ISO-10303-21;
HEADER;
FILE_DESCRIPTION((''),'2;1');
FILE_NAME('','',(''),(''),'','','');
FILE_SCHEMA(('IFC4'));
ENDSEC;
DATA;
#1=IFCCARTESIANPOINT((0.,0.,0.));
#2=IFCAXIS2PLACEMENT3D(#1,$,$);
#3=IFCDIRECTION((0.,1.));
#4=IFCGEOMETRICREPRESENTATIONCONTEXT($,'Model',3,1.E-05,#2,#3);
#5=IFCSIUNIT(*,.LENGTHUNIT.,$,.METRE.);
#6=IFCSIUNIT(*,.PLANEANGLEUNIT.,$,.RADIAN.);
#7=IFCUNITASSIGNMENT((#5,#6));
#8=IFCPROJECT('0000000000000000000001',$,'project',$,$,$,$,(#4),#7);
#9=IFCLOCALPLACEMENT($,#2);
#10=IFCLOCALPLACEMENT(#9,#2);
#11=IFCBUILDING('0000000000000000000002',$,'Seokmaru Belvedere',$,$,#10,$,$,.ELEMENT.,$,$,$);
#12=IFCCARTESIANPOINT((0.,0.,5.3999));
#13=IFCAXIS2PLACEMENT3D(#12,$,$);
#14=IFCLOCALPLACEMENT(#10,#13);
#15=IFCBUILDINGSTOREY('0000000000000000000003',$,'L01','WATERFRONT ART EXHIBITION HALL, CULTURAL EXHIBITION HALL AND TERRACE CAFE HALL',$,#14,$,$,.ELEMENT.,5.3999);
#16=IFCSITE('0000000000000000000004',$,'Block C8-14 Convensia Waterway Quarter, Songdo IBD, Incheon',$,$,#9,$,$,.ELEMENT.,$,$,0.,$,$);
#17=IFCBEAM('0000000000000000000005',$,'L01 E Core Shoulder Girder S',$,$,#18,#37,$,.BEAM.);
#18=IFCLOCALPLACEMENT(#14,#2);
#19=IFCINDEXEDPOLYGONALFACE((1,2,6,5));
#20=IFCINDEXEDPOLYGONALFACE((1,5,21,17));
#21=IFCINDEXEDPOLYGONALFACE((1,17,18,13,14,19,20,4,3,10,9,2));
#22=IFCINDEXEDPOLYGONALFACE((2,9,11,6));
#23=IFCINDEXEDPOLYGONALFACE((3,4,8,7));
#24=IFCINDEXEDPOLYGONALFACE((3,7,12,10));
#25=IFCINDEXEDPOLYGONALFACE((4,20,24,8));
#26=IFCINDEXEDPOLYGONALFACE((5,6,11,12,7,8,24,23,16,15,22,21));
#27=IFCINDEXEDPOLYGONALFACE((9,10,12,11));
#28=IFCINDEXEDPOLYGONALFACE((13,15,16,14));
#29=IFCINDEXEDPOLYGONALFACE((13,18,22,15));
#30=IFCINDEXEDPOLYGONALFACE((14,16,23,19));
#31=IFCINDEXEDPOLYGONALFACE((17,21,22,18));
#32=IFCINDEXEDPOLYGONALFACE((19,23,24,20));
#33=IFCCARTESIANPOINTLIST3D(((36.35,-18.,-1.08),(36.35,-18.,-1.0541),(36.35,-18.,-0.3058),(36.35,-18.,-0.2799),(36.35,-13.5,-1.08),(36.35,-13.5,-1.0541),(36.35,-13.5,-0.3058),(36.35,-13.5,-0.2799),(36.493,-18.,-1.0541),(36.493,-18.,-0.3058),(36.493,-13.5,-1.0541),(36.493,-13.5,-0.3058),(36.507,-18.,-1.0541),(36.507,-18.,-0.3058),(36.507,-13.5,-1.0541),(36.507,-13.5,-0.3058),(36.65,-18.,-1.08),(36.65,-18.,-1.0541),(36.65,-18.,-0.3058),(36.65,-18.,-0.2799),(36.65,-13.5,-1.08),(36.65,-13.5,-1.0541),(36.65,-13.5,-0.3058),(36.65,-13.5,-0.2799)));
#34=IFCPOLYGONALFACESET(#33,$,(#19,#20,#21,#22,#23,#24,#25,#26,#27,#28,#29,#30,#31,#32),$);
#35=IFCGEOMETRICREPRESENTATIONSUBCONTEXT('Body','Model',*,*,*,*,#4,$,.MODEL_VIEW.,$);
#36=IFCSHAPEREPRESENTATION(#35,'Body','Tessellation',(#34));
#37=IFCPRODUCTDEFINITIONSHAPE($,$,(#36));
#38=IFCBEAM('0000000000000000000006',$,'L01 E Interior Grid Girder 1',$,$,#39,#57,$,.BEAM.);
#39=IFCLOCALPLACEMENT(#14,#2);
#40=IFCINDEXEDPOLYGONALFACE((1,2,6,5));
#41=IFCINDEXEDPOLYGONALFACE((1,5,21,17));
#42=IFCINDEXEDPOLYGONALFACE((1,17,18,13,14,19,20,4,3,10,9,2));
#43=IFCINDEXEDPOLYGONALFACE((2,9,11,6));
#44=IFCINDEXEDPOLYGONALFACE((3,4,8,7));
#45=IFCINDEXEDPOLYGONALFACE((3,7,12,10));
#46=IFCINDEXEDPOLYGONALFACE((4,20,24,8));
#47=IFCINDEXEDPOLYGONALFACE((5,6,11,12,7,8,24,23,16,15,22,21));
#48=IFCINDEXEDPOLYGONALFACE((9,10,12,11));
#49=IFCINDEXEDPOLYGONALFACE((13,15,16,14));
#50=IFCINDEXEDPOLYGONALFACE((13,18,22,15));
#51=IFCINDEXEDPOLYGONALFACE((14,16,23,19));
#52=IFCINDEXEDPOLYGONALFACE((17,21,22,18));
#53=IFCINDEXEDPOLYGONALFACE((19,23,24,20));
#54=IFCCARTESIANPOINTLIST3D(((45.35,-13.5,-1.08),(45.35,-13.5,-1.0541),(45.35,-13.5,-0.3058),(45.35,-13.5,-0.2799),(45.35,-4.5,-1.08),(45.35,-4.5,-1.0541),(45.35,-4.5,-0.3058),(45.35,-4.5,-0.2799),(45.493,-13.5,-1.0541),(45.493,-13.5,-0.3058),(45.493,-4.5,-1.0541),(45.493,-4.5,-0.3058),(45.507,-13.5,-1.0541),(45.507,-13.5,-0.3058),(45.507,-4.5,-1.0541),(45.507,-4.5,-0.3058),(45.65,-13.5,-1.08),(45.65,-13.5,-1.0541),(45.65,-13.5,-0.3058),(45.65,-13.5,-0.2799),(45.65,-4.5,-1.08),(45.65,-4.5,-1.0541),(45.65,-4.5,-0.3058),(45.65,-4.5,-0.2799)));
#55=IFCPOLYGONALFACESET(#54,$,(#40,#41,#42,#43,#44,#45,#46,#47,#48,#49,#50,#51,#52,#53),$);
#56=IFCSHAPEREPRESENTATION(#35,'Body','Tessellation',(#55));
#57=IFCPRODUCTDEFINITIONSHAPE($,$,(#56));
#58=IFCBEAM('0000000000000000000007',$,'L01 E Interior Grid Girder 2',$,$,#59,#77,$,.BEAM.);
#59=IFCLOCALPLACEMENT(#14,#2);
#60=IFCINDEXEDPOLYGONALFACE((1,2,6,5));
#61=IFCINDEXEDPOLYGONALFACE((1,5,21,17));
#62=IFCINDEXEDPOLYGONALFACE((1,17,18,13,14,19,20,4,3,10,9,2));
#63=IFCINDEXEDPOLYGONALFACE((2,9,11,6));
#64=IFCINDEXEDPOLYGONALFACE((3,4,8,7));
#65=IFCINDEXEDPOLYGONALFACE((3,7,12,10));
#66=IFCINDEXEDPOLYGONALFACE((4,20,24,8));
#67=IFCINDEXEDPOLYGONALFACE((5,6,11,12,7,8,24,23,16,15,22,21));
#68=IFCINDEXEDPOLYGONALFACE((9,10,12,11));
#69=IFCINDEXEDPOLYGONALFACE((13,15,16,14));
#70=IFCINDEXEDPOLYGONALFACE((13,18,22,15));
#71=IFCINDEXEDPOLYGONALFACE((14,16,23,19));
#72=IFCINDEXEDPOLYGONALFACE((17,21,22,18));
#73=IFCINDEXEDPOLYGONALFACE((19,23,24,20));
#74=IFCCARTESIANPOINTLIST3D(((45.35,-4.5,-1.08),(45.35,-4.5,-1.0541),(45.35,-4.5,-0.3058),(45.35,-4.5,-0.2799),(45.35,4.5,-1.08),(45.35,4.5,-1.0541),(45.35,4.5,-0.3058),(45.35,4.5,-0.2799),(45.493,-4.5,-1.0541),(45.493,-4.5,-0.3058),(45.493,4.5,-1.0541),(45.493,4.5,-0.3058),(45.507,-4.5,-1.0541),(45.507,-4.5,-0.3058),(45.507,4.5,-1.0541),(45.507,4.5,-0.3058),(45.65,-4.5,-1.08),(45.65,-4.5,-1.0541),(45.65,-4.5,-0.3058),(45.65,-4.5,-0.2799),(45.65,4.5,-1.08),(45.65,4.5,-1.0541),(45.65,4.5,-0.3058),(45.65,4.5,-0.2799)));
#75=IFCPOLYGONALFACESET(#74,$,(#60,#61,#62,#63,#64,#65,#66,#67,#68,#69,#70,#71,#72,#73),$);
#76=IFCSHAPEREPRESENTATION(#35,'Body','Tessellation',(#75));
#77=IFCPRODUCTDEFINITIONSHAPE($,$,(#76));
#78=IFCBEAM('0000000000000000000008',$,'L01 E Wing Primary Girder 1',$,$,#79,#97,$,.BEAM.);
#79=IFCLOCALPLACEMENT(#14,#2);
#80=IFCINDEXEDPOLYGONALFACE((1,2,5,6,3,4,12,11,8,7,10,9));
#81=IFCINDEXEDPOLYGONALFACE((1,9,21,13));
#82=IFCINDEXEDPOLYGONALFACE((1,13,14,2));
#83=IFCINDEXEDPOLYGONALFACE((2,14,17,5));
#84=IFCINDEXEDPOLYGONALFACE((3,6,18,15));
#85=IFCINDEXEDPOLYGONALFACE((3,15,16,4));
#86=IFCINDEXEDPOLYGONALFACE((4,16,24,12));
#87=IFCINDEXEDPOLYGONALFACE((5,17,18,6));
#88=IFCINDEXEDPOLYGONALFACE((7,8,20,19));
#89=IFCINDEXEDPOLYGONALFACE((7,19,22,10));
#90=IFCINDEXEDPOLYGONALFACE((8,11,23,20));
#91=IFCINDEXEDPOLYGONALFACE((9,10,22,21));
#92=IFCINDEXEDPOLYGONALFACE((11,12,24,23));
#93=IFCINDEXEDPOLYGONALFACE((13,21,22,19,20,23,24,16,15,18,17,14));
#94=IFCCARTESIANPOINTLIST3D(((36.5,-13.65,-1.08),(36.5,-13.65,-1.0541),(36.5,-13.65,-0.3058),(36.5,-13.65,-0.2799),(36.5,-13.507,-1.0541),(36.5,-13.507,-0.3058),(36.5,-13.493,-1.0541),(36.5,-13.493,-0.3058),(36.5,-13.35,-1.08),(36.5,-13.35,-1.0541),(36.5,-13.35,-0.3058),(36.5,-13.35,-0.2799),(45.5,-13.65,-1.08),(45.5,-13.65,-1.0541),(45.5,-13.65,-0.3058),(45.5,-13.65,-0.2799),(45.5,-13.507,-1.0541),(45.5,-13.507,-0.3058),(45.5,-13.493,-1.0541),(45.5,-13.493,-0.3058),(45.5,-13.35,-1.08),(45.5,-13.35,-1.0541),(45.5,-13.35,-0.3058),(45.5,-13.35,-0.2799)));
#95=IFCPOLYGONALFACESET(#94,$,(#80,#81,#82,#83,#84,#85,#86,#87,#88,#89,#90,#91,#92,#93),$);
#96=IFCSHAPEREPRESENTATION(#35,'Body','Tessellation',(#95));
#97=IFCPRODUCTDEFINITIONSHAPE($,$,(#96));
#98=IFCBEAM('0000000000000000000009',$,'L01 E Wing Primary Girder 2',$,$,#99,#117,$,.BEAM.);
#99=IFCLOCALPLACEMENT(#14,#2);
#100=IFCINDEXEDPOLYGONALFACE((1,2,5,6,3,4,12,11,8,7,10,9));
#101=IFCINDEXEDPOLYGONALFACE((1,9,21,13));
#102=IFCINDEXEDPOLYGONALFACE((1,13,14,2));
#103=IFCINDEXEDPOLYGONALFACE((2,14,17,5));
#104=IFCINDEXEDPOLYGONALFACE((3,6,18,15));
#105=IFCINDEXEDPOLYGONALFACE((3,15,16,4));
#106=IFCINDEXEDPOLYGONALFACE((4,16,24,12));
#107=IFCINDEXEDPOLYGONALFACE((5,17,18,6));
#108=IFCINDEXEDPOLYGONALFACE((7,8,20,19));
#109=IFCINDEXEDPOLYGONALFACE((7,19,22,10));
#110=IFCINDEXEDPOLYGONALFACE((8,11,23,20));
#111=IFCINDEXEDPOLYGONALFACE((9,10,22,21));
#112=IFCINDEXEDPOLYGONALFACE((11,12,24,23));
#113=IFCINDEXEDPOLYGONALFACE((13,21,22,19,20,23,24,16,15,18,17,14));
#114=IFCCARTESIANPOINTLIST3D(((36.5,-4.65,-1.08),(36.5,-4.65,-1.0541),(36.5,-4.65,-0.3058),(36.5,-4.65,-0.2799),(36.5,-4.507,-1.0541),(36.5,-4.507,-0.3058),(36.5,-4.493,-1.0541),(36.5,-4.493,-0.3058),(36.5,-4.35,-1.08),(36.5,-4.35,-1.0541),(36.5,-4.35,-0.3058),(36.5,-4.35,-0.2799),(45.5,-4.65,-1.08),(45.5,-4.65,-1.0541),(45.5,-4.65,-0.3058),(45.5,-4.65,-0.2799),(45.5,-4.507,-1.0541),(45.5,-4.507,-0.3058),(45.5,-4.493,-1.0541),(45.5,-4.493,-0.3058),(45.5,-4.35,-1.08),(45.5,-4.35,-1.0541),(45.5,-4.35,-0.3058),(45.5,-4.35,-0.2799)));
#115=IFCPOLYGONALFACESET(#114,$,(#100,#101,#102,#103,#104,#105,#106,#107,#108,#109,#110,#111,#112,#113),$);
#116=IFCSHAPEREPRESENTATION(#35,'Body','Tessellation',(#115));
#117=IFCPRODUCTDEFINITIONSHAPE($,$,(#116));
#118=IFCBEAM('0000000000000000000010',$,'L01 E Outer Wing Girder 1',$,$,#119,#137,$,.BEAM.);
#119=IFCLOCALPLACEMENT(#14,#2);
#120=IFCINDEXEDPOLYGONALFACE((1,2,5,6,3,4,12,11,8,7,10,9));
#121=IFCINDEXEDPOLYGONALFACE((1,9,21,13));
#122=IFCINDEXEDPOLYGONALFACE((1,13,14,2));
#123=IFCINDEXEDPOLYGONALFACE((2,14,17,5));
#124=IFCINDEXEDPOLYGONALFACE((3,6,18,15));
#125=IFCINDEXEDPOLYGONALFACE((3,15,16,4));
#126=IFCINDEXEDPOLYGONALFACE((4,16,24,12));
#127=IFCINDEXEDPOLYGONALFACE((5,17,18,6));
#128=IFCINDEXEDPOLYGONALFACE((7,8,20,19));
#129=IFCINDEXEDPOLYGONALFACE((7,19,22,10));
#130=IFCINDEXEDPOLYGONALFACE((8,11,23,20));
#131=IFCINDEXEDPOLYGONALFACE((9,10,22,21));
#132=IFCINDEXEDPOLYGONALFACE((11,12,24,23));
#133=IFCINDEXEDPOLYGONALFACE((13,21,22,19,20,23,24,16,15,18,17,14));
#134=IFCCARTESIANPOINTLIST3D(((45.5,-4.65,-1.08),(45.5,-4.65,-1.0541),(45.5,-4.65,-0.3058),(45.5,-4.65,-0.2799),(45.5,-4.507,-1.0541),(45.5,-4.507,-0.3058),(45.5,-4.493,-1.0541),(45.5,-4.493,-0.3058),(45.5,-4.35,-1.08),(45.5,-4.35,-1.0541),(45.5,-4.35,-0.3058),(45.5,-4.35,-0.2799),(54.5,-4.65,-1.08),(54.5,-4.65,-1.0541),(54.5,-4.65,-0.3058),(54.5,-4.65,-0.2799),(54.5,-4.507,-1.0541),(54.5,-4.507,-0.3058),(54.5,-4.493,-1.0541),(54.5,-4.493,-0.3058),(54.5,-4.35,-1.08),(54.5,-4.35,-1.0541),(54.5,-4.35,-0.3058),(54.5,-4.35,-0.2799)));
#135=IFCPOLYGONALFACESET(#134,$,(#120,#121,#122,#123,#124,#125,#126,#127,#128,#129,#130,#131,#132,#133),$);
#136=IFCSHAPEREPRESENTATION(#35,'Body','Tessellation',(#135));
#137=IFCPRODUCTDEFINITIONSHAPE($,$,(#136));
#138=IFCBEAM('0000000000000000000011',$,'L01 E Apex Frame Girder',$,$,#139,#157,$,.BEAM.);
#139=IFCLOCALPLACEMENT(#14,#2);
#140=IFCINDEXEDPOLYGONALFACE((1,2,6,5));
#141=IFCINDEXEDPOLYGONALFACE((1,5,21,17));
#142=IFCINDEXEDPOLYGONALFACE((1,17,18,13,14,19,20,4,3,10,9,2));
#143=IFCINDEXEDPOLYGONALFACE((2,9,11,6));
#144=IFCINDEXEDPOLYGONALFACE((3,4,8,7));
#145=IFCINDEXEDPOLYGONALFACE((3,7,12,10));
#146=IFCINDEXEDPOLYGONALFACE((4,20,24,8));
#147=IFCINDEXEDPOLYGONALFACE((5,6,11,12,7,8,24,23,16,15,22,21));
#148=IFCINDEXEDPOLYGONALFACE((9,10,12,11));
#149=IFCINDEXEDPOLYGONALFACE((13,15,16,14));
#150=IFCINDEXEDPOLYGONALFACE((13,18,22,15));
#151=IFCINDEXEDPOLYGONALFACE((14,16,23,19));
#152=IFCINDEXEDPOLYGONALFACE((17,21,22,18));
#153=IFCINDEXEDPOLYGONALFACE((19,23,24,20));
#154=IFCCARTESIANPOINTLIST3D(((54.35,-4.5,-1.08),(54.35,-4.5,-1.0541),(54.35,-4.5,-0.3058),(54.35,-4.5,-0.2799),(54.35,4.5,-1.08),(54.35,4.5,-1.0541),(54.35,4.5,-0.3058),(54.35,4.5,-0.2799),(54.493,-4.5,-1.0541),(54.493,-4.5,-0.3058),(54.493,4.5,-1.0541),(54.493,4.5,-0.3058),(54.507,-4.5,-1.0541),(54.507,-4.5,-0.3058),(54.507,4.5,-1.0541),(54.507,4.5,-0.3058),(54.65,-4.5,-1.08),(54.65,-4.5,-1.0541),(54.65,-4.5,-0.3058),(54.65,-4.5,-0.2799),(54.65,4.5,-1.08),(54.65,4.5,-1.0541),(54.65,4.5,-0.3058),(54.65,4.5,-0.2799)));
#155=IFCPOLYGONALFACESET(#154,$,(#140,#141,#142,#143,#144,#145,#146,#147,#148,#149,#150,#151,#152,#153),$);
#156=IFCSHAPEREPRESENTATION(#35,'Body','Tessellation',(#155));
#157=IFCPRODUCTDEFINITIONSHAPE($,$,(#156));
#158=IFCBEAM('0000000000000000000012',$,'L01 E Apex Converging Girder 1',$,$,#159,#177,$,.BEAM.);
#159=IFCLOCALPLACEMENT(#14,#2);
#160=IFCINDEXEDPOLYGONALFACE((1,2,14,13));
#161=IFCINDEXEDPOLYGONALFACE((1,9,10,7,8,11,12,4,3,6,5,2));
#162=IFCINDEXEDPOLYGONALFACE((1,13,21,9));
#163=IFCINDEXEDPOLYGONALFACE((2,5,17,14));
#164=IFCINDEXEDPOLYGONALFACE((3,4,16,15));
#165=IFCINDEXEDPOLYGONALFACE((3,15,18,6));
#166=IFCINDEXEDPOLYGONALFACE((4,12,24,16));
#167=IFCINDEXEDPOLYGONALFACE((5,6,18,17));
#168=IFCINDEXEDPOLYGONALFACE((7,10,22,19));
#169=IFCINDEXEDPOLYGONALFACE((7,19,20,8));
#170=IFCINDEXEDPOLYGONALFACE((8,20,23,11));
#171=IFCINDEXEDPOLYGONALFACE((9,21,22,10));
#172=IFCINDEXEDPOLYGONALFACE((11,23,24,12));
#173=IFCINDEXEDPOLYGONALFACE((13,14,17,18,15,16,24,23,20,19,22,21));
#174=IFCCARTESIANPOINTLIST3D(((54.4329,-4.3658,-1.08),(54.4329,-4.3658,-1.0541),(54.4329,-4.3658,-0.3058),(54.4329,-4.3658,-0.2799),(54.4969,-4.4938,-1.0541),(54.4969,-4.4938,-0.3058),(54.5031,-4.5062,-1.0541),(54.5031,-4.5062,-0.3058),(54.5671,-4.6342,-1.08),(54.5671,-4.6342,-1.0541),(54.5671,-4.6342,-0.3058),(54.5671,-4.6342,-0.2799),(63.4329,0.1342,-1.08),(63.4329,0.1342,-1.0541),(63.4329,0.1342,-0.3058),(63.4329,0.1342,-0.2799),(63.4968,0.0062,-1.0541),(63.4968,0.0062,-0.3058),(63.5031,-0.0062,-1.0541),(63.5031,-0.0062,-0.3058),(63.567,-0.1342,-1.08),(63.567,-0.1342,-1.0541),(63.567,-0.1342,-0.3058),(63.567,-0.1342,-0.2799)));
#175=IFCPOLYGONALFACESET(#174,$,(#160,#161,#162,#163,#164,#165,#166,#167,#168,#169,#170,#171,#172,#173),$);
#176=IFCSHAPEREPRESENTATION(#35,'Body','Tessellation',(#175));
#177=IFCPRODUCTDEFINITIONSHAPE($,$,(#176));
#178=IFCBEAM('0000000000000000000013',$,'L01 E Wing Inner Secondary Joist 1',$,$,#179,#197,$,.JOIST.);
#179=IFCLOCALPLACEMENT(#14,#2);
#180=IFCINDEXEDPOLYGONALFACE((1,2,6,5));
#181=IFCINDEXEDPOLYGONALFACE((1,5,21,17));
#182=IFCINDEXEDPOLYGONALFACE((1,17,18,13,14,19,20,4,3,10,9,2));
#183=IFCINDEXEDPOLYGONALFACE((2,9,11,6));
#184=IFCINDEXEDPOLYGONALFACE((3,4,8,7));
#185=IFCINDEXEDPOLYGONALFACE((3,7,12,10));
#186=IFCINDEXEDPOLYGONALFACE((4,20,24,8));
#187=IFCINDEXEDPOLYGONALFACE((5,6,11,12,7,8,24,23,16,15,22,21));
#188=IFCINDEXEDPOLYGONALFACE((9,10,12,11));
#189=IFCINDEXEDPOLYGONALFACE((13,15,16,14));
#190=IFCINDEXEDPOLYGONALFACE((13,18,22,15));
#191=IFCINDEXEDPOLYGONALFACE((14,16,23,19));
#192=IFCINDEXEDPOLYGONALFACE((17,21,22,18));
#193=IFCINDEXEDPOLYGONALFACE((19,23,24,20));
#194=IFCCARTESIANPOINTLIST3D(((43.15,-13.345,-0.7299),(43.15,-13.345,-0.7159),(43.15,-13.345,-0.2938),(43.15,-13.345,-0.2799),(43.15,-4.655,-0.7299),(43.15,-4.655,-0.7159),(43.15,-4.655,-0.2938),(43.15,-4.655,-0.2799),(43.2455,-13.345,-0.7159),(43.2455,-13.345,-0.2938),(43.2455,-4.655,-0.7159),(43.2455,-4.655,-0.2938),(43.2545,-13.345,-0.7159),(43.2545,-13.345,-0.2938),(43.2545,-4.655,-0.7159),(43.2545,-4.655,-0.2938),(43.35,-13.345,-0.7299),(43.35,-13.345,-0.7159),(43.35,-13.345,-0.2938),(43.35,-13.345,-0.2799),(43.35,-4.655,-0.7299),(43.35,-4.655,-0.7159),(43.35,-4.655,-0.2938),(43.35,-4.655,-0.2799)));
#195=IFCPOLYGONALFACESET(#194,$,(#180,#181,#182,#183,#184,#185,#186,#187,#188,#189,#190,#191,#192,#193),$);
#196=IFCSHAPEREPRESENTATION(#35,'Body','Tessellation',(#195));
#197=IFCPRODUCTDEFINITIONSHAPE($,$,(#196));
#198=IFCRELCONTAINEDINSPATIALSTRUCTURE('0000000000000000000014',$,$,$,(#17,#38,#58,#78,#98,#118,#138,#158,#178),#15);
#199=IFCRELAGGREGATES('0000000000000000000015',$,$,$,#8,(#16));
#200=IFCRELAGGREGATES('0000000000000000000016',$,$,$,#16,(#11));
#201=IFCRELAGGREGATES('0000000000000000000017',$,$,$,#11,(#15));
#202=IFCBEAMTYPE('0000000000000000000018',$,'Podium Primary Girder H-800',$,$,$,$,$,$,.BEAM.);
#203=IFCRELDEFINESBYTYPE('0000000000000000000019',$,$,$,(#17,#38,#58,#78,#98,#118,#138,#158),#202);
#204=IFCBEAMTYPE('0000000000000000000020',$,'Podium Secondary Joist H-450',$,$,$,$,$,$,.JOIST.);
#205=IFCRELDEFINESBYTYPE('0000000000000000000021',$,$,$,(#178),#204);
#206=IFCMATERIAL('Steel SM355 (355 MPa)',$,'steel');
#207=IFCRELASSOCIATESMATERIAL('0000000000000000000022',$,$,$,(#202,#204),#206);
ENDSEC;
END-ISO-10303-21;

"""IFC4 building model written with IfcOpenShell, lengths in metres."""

from ifc_helpers import new_model, si_unit, direction, frame, origin, origin_2d, place, context, subcontext, project, spatial, i_section, extrude, source, transform, mapped, material, material_profile, profile_set, type_object, type_shapes, element, save


model = new_model("IFC4")

# Units and contexts
model_context = context("Model", 3, precision=1e-05, world=origin(), true_north=direction((0.0, 1.0)))
body_context = subcontext(model_context, "Body", "Model", "MODEL_VIEW")
ifc_project = project(units=[si_unit("LENGTHUNIT", "METRE"), si_unit("PLANEANGLEUNIT", "RADIAN")], contexts=[model_context])

# Site, building, storey
site_placement = place(None, origin())
site = spatial("IfcSite", under=ifc_project, at=site_placement, Name="Block C8-14 Convensia Waterway Quarter, Songdo IBD, Incheon", CompositionType="ELEMENT", RefElevation=0.0)
building_placement = place(site_placement, origin())
building = spatial("IfcBuilding", under=site, at=building_placement, Name="Seokmaru Belvedere", CompositionType="ELEMENT")
storey_placement = place(building_placement, frame((0.0, 0.0, 5.3999)))
storey = spatial("IfcBuildingStorey", under=building, at=storey_placement, Name="L01", Description="WATERFRONT ART EXHIBITION HALL, CULTURAL EXHIBITION HALL AND TERRACE CAFE HALL", CompositionType="ELEMENT", Elevation=5.3999)

# Shared definitions
ifc_material_1 = material(Name="Steel SM355 (355 MPa)", Category="steel")

# Beams
ifc_material_profile_1 = material_profile(ifc_material_1, i_section(OverallWidth=0.3, OverallDepth=0.8, WebThickness=0.0139, FlangeThickness=0.0259, at=origin_2d()), Name="H-800x300x14x26")
ifc_profile_set_1 = profile_set([ifc_material_profile_1], Name="Steel SM355 (355 MPa)")
beam_type_1 = type_object("IfcBeamType", Name="Podium Primary Girder H-800", PredefinedType="BEAM", material=ifc_profile_set_1)
shared_shape_1 = source(origin(), body_context, "Body", "SweptSolid", [
    extrude(i_section(OverallWidth=0.3, OverallDepth=0.8, WebThickness=0.0139, FlangeThickness=0.0259, at=origin_2d()), origin(), (0.0, 0.0, 1.0), 4.5),
])
beam_1_placement = place(storey_placement, frame((36.5, -18.0, -0.6799), z_axis=(0.0, 1.0, 0.0), x_axis=(-1.0, 0.0, 0.0)))
element("IfcBeam", 1, at=beam_1_placement, inside=storey, type_object=beam_type_1, Name="L01 E Core Shoulder Girder S", PredefinedType="BEAM", context=body_context, shape_type="MappedRepresentation", body=[
    mapped(shared_shape_1, transform((0.0, 0.0, 0.0), scale=1.0)),
])
shared_shape_2 = source(origin(), body_context, "Body", "SweptSolid", [
    extrude(i_section(OverallWidth=0.3, OverallDepth=0.8, WebThickness=0.0139, FlangeThickness=0.0259, at=origin_2d()), origin(), (0.0, 0.0, 1.0), 9.0),
])
for number, where, z_axis, x_axis, name in (
    (2, (45.5, -13.5, -0.6799), (0.0, 1.0, 0.0), (-1.0, 0.0, 0.0), "L01 E Interior Grid Girder 1"),
    (3, (45.5, -4.5, -0.6799), (0.0, 1.0, 0.0), (-1.0, 0.0, 0.0), "L01 E Interior Grid Girder 2"),
    (4, (36.5, -13.5, -0.6799), (1.0, 0.0, 0.0), (0.0, 1.0, 0.0), "L01 E Wing Primary Girder 1"),
    (5, (36.5, -4.5, -0.6799), (1.0, 0.0, 0.0), (0.0, 1.0, 0.0), "L01 E Wing Primary Girder 2"),
    (6, (45.5, -4.5, -0.6799), (1.0, 0.0, 0.0), (0.0, 1.0, 0.0), "L01 E Outer Wing Girder 1"),
    (7, (54.5, -4.5, -0.6799), (0.0, 1.0, 0.0), (-1.0, 0.0, 0.0), "L01 E Apex Frame Girder"),
):
    element("IfcBeam", number, at=place(storey_placement, frame(where, z_axis=z_axis, x_axis=x_axis)), inside=storey, type_object=beam_type_1, Name=name, PredefinedType="BEAM", context=body_context, shape_type="MappedRepresentation", body=[
        mapped(shared_shape_2, transform((0.0, 0.0, 0.0), scale=1.0)),
    ])
shared_shape_3 = source(origin(), body_context, "Body", "SweptSolid", [
    extrude(i_section(OverallWidth=0.3, OverallDepth=0.8, WebThickness=0.0139, FlangeThickness=0.0259, at=origin_2d()), origin(), (0.0, 0.0, 1.0), 10.0623),
])
beam_2_placement = place(storey_placement, frame((54.5, -4.5, -0.6799), z_axis=(0.894427, 0.447214, 0.0), x_axis=(-0.447214, 0.894427, 0.0)))
element("IfcBeam", 8, at=beam_2_placement, inside=storey, type_object=beam_type_1, Name="L01 E Apex Converging Girder 1", PredefinedType="BEAM", context=body_context, shape_type="MappedRepresentation", body=[
    mapped(shared_shape_3, transform((0.0, 0.0, 0.0), scale=1.0)),
])
ifc_material_profile_2 = material_profile(ifc_material_1, i_section(OverallWidth=0.2, OverallDepth=0.45, WebThickness=0.009, FlangeThickness=0.0139, at=origin_2d()), Name="H-450x200x9x14")
ifc_profile_set_2 = profile_set([ifc_material_profile_2], Name="Steel SM355 (355 MPa)")
beam_type_2 = type_object("IfcBeamType", Name="Podium Secondary Joist H-450", PredefinedType="JOIST", material=ifc_profile_set_2)
shared_shape_4 = source(origin(), body_context, "Body", "SweptSolid", [
    extrude(i_section(OverallWidth=0.2, OverallDepth=0.45, WebThickness=0.009, FlangeThickness=0.0139, at=origin_2d()), origin(), (0.0, 0.0, 1.0), 8.6899),
])
type_shapes(beam_type_2, [shared_shape_4])
for number, where, z_axis, x_axis, name in (
    (9, (43.25, -13.345, -0.5049), (0.0, 1.0, 0.0), (-1.0, 0.0, 0.0), "L01 E Wing Inner Secondary Joist 1"),
):
    element("IfcBeam", number, at=place(storey_placement, frame(where, z_axis=z_axis, x_axis=x_axis)), inside=storey, type_object=beam_type_2, Name=name, PredefinedType="JOIST", context=body_context, shape_type="MappedRepresentation", body=[
        mapped(shared_shape_4, transform((0.0, 0.0, 0.0), scale=1.0)),
    ])

save(model, "model.ifc")
